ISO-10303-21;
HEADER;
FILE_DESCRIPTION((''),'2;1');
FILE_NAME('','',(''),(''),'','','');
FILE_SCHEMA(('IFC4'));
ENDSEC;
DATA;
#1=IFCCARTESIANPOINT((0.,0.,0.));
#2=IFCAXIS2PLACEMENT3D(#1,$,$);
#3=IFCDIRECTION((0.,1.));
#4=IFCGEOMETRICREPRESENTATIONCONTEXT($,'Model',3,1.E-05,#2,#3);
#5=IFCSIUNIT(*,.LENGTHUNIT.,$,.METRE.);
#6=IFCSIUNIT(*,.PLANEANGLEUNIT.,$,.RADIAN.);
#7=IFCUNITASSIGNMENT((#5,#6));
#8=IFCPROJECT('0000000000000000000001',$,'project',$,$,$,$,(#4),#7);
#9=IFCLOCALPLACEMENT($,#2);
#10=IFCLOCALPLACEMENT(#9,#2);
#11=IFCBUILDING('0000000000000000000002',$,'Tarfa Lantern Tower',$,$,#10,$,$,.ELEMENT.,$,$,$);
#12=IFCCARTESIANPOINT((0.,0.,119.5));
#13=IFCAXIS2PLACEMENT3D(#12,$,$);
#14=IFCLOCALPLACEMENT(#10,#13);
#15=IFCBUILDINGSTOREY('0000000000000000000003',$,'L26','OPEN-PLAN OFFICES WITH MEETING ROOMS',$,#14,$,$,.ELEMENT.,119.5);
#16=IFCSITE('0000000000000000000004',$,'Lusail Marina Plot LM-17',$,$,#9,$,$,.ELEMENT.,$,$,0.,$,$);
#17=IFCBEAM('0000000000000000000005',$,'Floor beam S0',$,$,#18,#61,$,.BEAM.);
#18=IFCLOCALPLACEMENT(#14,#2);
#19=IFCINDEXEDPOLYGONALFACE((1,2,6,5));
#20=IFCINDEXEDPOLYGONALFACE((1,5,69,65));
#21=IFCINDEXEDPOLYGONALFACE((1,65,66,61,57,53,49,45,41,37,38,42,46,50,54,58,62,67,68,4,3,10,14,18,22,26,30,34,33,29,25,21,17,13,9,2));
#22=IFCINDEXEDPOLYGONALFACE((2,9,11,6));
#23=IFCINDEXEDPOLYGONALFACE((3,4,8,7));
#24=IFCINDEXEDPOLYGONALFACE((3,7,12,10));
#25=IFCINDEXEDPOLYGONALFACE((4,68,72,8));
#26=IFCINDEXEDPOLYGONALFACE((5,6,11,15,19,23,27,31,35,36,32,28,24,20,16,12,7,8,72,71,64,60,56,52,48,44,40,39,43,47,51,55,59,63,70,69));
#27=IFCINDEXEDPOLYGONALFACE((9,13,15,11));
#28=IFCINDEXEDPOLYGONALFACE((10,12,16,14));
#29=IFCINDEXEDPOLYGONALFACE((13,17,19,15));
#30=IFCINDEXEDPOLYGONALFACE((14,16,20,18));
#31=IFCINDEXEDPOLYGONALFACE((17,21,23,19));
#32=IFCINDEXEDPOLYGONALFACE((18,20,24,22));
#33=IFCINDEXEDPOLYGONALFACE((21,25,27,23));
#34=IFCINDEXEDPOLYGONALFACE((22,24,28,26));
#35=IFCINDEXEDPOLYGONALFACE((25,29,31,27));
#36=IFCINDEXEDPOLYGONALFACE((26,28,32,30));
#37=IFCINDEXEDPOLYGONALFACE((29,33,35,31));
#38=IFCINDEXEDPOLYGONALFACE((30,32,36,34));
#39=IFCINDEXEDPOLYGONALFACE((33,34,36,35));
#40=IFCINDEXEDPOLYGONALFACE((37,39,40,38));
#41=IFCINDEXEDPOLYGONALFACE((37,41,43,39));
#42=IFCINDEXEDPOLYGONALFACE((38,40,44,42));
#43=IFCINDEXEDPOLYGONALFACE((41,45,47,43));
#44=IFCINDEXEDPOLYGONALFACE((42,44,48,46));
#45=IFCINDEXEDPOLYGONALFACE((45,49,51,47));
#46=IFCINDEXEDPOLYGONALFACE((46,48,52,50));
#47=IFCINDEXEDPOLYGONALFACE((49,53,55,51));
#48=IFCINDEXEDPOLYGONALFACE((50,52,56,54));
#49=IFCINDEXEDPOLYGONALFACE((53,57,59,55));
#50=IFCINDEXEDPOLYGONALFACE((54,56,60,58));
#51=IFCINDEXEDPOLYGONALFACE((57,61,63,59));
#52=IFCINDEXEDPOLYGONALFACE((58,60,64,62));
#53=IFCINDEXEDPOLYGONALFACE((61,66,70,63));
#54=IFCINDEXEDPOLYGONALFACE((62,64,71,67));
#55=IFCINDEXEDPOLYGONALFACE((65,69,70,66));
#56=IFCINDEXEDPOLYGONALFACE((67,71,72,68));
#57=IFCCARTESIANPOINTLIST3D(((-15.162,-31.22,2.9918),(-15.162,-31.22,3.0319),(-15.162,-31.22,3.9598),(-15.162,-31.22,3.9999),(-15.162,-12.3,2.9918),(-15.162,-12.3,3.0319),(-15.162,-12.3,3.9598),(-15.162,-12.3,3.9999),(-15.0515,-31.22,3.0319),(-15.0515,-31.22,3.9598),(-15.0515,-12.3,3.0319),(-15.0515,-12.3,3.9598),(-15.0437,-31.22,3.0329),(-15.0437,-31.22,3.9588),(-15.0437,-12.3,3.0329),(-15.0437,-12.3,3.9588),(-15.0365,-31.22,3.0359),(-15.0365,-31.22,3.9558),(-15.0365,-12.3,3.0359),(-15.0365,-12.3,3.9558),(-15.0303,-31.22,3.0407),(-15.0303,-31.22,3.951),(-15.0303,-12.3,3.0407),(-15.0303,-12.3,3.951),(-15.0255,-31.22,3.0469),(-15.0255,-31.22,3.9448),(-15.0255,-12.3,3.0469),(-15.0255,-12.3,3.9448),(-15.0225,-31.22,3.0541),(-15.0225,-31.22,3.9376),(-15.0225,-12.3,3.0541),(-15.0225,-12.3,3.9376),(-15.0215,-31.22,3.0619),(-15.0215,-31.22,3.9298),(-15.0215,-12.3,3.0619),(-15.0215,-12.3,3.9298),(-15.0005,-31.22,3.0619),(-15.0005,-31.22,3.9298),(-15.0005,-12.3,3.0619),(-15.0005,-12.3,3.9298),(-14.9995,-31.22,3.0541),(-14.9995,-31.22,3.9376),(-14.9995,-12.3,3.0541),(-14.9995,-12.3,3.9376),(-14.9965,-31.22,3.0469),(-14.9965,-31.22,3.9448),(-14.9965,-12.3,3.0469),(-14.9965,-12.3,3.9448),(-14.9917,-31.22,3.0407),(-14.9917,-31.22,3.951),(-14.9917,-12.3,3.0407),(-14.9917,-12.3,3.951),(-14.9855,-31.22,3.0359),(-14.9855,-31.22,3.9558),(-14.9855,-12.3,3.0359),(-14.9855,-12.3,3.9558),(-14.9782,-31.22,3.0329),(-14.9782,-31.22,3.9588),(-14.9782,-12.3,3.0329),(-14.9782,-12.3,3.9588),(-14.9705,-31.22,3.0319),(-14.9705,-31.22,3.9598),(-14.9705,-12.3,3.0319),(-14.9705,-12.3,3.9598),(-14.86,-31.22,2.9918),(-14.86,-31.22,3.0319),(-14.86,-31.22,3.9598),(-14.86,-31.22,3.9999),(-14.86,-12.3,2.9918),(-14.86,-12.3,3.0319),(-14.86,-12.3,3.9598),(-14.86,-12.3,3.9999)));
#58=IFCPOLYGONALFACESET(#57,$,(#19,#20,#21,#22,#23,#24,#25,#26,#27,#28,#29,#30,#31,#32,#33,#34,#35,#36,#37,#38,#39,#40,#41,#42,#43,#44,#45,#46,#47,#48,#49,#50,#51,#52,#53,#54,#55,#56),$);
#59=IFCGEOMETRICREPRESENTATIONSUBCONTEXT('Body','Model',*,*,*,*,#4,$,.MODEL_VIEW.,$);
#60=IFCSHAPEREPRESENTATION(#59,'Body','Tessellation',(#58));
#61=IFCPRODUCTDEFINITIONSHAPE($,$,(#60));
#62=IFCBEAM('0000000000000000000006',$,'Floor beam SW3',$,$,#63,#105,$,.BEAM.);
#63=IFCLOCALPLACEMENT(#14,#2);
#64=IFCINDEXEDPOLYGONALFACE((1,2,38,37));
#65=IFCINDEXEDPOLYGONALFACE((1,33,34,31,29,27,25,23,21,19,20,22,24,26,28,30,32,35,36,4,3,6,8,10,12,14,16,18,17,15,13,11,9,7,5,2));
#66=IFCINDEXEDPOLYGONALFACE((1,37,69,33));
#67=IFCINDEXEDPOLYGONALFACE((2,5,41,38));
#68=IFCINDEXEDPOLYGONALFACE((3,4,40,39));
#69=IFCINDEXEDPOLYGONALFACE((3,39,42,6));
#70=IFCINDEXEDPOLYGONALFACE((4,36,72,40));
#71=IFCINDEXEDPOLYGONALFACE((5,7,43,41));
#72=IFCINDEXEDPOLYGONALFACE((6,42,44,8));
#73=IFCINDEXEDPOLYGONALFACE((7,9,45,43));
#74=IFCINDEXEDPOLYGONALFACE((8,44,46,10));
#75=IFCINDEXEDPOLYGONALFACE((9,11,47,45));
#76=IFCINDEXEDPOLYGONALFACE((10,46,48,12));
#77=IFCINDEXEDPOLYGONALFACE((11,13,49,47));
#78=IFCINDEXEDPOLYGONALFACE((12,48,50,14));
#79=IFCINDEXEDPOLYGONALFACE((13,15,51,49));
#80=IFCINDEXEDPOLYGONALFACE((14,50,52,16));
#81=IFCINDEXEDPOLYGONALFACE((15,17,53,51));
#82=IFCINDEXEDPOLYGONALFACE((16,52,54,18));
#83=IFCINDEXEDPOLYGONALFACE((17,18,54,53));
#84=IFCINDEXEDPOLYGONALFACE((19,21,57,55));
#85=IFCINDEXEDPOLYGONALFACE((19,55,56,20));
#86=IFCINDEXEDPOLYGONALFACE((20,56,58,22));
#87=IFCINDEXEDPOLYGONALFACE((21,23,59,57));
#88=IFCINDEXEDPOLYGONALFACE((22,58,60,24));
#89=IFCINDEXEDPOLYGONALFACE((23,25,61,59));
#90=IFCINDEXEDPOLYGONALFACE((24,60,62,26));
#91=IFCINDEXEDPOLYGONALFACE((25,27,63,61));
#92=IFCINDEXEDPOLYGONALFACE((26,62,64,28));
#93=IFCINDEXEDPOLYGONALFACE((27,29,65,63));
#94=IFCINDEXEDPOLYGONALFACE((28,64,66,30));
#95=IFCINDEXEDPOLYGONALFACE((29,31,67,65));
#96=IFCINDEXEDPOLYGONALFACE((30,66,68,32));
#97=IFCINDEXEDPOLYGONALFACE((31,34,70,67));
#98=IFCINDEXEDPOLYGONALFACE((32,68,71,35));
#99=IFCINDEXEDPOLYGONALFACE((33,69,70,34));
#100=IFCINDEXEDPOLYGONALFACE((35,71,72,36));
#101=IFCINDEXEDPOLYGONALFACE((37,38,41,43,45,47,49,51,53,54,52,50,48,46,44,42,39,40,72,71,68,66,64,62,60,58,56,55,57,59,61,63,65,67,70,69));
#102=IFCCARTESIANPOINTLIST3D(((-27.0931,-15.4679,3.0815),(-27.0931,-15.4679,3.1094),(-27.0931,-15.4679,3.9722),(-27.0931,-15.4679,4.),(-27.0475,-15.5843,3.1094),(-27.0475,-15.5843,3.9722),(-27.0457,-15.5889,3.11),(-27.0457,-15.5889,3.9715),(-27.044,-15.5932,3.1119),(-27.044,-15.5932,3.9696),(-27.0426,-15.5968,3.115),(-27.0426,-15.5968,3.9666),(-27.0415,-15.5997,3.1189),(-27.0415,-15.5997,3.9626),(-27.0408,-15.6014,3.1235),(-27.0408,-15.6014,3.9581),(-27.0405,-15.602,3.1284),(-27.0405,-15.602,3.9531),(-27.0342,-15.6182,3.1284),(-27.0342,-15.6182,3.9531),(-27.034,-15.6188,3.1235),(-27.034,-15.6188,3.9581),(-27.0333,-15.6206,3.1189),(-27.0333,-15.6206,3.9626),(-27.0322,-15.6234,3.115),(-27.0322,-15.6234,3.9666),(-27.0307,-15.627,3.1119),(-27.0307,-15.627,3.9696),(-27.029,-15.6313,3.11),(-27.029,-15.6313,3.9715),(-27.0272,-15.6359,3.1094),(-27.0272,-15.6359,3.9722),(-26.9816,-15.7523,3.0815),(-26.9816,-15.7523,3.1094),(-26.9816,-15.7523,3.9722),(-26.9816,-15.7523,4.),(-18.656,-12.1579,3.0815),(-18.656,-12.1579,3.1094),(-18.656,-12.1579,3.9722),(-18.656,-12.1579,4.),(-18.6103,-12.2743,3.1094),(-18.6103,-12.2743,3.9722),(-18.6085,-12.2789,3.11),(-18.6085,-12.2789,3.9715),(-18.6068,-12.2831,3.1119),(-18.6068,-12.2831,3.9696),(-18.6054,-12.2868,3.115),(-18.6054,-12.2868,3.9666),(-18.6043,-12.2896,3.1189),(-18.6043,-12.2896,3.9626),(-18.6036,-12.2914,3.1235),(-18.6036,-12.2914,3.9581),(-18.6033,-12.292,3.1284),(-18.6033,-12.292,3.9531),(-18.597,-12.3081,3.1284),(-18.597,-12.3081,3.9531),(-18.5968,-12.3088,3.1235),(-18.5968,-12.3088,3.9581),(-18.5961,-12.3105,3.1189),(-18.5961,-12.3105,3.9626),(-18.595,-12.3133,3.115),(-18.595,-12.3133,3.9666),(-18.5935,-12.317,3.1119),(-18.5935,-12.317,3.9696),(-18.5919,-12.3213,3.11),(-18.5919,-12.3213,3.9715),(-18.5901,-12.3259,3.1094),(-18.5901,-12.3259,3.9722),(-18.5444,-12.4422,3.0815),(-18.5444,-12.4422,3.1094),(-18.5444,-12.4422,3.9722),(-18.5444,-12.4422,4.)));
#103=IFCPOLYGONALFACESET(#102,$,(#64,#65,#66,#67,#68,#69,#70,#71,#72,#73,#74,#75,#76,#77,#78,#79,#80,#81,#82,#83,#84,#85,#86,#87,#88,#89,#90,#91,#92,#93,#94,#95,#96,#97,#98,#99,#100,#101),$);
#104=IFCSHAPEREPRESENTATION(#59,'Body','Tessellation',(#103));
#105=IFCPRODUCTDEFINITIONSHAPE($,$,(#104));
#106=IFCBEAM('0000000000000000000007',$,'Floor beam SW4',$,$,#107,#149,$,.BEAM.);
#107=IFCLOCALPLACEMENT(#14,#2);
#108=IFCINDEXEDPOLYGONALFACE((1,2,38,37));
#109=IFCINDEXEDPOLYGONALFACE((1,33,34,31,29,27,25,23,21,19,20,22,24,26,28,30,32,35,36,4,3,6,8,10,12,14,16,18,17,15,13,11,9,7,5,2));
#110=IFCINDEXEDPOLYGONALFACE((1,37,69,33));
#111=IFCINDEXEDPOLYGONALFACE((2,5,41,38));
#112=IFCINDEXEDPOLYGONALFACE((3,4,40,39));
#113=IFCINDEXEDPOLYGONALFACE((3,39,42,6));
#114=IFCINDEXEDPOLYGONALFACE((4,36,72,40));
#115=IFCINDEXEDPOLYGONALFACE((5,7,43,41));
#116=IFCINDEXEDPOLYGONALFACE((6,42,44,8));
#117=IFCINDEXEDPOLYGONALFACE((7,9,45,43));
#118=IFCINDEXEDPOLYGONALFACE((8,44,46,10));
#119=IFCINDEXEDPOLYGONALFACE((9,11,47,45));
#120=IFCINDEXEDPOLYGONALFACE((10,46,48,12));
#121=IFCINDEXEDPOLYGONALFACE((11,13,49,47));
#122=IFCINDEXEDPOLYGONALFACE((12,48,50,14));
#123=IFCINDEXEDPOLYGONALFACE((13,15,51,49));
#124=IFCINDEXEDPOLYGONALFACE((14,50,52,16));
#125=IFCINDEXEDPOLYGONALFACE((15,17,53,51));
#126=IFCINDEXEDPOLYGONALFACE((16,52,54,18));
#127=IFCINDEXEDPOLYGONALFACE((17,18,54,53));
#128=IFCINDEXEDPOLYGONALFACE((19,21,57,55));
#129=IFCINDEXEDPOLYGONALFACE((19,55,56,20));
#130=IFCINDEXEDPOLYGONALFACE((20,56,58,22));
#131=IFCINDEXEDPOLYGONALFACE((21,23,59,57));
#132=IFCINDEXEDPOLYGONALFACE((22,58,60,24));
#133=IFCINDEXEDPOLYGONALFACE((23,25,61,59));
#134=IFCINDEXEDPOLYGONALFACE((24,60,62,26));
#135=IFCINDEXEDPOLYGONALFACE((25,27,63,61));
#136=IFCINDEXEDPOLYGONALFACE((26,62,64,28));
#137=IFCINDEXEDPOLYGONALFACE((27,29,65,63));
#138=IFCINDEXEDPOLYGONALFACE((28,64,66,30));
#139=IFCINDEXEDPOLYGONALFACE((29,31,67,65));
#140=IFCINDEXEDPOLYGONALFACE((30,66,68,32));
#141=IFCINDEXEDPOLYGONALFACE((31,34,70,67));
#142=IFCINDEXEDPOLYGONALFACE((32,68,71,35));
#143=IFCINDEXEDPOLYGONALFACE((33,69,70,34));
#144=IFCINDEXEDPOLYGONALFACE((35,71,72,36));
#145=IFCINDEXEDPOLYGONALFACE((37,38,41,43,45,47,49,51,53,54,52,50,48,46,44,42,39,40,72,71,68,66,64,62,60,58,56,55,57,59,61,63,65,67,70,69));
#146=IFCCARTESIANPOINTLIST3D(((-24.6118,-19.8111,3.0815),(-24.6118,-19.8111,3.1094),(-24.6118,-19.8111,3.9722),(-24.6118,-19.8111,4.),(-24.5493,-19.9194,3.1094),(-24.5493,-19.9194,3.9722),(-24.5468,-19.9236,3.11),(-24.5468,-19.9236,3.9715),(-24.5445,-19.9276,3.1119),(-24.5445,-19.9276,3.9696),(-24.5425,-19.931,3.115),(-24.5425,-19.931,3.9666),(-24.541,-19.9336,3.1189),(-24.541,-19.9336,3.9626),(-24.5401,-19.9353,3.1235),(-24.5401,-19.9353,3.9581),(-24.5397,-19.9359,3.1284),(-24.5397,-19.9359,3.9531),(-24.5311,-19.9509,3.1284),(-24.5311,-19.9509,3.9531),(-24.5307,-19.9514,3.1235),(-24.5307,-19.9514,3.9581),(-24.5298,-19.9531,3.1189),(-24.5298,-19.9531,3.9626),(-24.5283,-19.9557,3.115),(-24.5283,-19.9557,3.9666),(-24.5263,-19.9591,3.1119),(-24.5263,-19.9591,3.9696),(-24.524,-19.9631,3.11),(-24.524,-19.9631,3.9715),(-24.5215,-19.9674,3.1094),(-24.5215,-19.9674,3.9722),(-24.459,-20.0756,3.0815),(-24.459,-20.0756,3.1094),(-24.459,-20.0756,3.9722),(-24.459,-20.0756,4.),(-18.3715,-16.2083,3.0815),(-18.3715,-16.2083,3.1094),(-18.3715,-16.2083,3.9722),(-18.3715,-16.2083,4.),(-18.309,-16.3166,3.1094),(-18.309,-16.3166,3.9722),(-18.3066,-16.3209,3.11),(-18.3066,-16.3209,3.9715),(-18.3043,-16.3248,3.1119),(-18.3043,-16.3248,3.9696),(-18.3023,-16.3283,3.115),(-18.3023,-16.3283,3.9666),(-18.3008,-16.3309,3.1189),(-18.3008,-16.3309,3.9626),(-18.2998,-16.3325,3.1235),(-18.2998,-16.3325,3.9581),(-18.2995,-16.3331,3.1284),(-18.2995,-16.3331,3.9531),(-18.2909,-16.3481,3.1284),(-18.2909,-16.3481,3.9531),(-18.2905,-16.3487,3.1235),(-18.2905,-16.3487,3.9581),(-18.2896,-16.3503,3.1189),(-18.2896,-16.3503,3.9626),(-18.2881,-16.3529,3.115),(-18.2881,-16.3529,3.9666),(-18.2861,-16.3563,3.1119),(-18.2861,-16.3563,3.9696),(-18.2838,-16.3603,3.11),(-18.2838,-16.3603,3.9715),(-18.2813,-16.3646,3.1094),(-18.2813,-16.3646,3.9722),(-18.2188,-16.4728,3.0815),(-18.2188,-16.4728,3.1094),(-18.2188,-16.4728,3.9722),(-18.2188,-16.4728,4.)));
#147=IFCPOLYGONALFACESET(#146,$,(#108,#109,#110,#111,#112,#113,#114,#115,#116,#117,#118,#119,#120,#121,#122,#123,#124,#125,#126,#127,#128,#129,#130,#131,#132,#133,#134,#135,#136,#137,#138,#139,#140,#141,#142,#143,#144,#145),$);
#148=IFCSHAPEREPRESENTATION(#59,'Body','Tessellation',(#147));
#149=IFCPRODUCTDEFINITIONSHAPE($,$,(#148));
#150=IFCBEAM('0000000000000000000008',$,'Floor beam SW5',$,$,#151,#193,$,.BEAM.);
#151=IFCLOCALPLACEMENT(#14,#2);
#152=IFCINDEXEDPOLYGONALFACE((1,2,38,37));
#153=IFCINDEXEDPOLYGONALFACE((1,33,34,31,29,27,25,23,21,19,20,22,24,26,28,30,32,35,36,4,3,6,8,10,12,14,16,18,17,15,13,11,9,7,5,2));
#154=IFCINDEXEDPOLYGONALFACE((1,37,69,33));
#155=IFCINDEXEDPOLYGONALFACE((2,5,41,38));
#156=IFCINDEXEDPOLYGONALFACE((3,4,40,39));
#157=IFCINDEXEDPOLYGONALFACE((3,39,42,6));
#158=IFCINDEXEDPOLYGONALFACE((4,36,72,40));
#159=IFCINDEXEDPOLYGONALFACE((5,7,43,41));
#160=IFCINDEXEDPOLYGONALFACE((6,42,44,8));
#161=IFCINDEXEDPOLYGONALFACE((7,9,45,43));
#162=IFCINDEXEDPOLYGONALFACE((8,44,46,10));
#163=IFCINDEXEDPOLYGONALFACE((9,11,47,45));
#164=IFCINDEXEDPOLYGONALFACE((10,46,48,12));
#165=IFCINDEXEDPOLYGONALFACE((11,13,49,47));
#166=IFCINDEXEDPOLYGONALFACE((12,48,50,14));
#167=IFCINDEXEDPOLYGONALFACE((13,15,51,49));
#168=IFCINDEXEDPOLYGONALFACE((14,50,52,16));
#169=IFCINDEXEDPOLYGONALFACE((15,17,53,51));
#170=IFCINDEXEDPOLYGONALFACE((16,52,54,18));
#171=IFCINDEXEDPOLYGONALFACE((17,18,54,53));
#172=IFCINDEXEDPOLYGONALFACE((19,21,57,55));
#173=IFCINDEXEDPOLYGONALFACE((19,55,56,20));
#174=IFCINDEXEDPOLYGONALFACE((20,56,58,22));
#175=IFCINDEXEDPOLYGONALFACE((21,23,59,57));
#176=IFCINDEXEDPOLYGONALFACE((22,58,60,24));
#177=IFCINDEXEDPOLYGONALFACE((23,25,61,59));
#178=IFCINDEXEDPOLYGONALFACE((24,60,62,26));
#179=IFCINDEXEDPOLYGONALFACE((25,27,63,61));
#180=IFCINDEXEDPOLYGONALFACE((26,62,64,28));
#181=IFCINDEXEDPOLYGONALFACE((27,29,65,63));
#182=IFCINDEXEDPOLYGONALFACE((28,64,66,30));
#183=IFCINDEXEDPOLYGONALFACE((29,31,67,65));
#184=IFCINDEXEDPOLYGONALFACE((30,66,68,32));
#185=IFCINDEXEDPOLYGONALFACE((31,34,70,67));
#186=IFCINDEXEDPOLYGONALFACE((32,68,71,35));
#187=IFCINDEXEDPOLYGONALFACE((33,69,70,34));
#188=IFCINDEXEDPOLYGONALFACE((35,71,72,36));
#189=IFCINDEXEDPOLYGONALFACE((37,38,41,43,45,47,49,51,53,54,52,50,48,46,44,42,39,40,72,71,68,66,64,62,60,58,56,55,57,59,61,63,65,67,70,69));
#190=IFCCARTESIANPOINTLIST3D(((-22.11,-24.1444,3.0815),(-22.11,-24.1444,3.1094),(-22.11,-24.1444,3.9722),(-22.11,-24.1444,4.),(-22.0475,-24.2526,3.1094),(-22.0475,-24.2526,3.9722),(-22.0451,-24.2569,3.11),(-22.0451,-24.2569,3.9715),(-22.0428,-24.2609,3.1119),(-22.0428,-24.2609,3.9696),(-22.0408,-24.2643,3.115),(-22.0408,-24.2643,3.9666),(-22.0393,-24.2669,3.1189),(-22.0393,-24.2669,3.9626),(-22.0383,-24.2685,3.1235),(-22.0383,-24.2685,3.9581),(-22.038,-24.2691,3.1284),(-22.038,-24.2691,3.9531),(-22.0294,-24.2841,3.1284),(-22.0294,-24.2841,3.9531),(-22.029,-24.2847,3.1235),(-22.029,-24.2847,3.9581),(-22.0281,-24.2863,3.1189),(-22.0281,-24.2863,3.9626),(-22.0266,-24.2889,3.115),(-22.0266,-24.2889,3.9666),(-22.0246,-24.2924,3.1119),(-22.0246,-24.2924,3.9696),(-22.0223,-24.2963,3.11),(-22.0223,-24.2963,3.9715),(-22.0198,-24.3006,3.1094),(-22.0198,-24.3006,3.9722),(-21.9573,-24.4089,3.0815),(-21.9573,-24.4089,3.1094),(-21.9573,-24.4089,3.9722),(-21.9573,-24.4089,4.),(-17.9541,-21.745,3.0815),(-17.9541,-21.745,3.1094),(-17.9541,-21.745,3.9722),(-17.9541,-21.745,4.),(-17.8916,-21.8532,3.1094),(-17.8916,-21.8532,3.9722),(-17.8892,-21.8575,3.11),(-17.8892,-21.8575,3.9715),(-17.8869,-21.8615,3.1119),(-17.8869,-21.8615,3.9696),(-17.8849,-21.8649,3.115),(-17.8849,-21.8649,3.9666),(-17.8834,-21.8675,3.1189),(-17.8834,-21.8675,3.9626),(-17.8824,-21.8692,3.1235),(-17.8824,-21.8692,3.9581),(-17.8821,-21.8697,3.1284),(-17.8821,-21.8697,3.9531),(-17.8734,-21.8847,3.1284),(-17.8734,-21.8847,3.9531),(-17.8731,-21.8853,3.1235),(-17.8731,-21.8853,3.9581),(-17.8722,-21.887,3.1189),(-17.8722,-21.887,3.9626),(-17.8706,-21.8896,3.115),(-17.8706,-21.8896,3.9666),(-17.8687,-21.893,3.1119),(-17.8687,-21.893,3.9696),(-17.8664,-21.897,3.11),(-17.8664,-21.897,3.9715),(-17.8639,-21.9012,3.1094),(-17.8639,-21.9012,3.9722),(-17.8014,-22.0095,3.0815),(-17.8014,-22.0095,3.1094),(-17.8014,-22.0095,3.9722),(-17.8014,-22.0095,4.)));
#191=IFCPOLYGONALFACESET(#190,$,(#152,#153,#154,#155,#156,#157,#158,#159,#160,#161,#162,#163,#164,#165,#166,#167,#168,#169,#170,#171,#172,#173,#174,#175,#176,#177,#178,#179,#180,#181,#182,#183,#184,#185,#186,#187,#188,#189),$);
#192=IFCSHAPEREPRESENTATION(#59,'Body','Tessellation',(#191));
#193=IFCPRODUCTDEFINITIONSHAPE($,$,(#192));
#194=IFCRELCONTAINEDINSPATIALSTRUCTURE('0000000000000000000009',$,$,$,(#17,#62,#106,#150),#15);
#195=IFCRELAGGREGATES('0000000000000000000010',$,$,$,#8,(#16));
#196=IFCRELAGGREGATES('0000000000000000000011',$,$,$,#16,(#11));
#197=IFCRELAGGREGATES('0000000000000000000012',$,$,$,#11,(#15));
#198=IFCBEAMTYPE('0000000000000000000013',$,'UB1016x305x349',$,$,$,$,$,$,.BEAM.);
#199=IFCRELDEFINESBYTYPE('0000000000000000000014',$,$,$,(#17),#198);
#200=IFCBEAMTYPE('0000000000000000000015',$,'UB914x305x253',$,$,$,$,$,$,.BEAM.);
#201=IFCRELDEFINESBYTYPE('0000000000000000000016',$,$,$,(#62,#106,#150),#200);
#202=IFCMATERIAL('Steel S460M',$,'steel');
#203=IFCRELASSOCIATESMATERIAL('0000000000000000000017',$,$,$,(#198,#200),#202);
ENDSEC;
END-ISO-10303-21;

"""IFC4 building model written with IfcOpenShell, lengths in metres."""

from ifc_helpers import new_model, si_unit, direction, frame, origin, origin_2d, place, context, subcontext, project, spatial, i_section, extrude, material, material_profile, profile_set, type_object, element, save


model = new_model("IFC4")

# Units and contexts
model_context = context("Model", 3, precision=1e-05, world=origin(), true_north=direction((0.0, 1.0)))
body_context = subcontext(model_context, "Body", "Model", "MODEL_VIEW")
ifc_project = project(units=[si_unit("LENGTHUNIT", "METRE"), si_unit("PLANEANGLEUNIT", "RADIAN")], contexts=[model_context])

# Site, building, storey
site_placement = place(None, origin())
site = spatial("IfcSite", under=ifc_project, at=site_placement, Name="Lusail Marina Plot LM-17", CompositionType="ELEMENT", RefElevation=0.0)
building_placement = place(site_placement, origin())
building = spatial("IfcBuilding", under=site, at=building_placement, Name="Tarfa Lantern Tower", CompositionType="ELEMENT")
storey_placement = place(building_placement, frame((0.0, 0.0, 119.5)))
storey = spatial("IfcBuildingStorey", under=building, at=storey_placement, Name="L26", Description="OPEN-PLAN OFFICES WITH MEETING ROOMS", CompositionType="ELEMENT", Elevation=119.5)

# Beams
ifc_material_1 = material(Name="Steel S460M", Category="steel")
ifc_material_profile_1 = material_profile(ifc_material_1, i_section(OverallWidth=0.302, OverallDepth=1.0081, WebThickness=0.021, FlangeThickness=0.04, FilletRadius=0.03, at=origin_2d()), Name="UB1016x305x349")
ifc_profile_set_1 = profile_set([ifc_material_profile_1], Name="Steel S460M")
beam_type_1 = type_object("IfcBeamType", Name="UB1016x305x349", PredefinedType="BEAM", material=ifc_profile_set_1)
beam_1_placement = place(storey_placement, frame((-15.011, -31.22, 3.4958), z_axis=(0.0, 1.0, 0.0), x_axis=(-1.0, 0.0, 0.0)))
element("IfcBeam", 1, at=beam_1_placement, inside=storey, type_object=beam_type_1, Name="Floor beam S0", PredefinedType="BEAM", context=body_context, shape_type="SweptSolid", body=[
    extrude(i_section(OverallWidth=0.302, OverallDepth=1.0081, WebThickness=0.021, FlangeThickness=0.04, FilletRadius=0.03, at=origin_2d()), origin(), (0.0, 0.0, 1.0), 18.9199),
])
ifc_material_profile_2 = material_profile(ifc_material_1, i_section(OverallWidth=0.3054, OverallDepth=0.9185, WebThickness=0.0173, FlangeThickness=0.0278, FilletRadius=0.019, at=origin_2d()), Name="UB914x305x253")
ifc_profile_set_2 = profile_set([ifc_material_profile_2], Name="Steel S460M")
beam_type_2 = type_object("IfcBeamType", Name="UB914x305x253", PredefinedType="BEAM", material=ifc_profile_set_2)
beam_2_placement = place(storey_placement, frame((-27.0374, -15.6101, 3.5408), z_axis=(0.930923, 0.365215, 0.0), x_axis=(-0.365215, 0.930923, 0.0)))
element("IfcBeam", 2, at=beam_2_placement, inside=storey, type_object=beam_type_2, Name="Floor beam SW3", PredefinedType="BEAM", context=body_context, shape_type="SweptSolid", body=[
    extrude(i_section(OverallWidth=0.3054, OverallDepth=0.9185, WebThickness=0.0173, FlangeThickness=0.0278, FilletRadius=0.019, at=origin_2d()), origin(), (0.0, 0.0, 1.0), 9.0632),
])
beam_3_placement = place(storey_placement, frame((-24.5354, -19.9434, 3.5408), z_axis=(0.866026, 0.499998, 0.0), x_axis=(-0.499998, 0.866026, 0.0)))
element("IfcBeam", 3, at=beam_3_placement, inside=storey, type_object=beam_type_2, Name="Floor beam SW4", PredefinedType="BEAM", context=body_context, shape_type="SweptSolid", body=[
    extrude(i_section(OverallWidth=0.3054, OverallDepth=0.9185, WebThickness=0.0173, FlangeThickness=0.0278, FilletRadius=0.019, at=origin_2d()), origin(), (0.0, 0.0, 1.0), 7.2056),
])
beam_4_placement = place(storey_placement, frame((-22.0337, -24.2766, 3.5408), z_axis=(0.866031, 0.499991, 0.0), x_axis=(-0.499991, 0.866031, 0.0)))
element("IfcBeam", 4, at=beam_4_placement, inside=storey, type_object=beam_type_2, Name="Floor beam SW5", PredefinedType="BEAM", context=body_context, shape_type="SweptSolid", body=[
    extrude(i_section(OverallWidth=0.3054, OverallDepth=0.9185, WebThickness=0.0173, FlangeThickness=0.0278, FilletRadius=0.019, at=origin_2d()), origin(), (0.0, 0.0, 1.0), 4.7988),
])

save(model, "model.ifc")
